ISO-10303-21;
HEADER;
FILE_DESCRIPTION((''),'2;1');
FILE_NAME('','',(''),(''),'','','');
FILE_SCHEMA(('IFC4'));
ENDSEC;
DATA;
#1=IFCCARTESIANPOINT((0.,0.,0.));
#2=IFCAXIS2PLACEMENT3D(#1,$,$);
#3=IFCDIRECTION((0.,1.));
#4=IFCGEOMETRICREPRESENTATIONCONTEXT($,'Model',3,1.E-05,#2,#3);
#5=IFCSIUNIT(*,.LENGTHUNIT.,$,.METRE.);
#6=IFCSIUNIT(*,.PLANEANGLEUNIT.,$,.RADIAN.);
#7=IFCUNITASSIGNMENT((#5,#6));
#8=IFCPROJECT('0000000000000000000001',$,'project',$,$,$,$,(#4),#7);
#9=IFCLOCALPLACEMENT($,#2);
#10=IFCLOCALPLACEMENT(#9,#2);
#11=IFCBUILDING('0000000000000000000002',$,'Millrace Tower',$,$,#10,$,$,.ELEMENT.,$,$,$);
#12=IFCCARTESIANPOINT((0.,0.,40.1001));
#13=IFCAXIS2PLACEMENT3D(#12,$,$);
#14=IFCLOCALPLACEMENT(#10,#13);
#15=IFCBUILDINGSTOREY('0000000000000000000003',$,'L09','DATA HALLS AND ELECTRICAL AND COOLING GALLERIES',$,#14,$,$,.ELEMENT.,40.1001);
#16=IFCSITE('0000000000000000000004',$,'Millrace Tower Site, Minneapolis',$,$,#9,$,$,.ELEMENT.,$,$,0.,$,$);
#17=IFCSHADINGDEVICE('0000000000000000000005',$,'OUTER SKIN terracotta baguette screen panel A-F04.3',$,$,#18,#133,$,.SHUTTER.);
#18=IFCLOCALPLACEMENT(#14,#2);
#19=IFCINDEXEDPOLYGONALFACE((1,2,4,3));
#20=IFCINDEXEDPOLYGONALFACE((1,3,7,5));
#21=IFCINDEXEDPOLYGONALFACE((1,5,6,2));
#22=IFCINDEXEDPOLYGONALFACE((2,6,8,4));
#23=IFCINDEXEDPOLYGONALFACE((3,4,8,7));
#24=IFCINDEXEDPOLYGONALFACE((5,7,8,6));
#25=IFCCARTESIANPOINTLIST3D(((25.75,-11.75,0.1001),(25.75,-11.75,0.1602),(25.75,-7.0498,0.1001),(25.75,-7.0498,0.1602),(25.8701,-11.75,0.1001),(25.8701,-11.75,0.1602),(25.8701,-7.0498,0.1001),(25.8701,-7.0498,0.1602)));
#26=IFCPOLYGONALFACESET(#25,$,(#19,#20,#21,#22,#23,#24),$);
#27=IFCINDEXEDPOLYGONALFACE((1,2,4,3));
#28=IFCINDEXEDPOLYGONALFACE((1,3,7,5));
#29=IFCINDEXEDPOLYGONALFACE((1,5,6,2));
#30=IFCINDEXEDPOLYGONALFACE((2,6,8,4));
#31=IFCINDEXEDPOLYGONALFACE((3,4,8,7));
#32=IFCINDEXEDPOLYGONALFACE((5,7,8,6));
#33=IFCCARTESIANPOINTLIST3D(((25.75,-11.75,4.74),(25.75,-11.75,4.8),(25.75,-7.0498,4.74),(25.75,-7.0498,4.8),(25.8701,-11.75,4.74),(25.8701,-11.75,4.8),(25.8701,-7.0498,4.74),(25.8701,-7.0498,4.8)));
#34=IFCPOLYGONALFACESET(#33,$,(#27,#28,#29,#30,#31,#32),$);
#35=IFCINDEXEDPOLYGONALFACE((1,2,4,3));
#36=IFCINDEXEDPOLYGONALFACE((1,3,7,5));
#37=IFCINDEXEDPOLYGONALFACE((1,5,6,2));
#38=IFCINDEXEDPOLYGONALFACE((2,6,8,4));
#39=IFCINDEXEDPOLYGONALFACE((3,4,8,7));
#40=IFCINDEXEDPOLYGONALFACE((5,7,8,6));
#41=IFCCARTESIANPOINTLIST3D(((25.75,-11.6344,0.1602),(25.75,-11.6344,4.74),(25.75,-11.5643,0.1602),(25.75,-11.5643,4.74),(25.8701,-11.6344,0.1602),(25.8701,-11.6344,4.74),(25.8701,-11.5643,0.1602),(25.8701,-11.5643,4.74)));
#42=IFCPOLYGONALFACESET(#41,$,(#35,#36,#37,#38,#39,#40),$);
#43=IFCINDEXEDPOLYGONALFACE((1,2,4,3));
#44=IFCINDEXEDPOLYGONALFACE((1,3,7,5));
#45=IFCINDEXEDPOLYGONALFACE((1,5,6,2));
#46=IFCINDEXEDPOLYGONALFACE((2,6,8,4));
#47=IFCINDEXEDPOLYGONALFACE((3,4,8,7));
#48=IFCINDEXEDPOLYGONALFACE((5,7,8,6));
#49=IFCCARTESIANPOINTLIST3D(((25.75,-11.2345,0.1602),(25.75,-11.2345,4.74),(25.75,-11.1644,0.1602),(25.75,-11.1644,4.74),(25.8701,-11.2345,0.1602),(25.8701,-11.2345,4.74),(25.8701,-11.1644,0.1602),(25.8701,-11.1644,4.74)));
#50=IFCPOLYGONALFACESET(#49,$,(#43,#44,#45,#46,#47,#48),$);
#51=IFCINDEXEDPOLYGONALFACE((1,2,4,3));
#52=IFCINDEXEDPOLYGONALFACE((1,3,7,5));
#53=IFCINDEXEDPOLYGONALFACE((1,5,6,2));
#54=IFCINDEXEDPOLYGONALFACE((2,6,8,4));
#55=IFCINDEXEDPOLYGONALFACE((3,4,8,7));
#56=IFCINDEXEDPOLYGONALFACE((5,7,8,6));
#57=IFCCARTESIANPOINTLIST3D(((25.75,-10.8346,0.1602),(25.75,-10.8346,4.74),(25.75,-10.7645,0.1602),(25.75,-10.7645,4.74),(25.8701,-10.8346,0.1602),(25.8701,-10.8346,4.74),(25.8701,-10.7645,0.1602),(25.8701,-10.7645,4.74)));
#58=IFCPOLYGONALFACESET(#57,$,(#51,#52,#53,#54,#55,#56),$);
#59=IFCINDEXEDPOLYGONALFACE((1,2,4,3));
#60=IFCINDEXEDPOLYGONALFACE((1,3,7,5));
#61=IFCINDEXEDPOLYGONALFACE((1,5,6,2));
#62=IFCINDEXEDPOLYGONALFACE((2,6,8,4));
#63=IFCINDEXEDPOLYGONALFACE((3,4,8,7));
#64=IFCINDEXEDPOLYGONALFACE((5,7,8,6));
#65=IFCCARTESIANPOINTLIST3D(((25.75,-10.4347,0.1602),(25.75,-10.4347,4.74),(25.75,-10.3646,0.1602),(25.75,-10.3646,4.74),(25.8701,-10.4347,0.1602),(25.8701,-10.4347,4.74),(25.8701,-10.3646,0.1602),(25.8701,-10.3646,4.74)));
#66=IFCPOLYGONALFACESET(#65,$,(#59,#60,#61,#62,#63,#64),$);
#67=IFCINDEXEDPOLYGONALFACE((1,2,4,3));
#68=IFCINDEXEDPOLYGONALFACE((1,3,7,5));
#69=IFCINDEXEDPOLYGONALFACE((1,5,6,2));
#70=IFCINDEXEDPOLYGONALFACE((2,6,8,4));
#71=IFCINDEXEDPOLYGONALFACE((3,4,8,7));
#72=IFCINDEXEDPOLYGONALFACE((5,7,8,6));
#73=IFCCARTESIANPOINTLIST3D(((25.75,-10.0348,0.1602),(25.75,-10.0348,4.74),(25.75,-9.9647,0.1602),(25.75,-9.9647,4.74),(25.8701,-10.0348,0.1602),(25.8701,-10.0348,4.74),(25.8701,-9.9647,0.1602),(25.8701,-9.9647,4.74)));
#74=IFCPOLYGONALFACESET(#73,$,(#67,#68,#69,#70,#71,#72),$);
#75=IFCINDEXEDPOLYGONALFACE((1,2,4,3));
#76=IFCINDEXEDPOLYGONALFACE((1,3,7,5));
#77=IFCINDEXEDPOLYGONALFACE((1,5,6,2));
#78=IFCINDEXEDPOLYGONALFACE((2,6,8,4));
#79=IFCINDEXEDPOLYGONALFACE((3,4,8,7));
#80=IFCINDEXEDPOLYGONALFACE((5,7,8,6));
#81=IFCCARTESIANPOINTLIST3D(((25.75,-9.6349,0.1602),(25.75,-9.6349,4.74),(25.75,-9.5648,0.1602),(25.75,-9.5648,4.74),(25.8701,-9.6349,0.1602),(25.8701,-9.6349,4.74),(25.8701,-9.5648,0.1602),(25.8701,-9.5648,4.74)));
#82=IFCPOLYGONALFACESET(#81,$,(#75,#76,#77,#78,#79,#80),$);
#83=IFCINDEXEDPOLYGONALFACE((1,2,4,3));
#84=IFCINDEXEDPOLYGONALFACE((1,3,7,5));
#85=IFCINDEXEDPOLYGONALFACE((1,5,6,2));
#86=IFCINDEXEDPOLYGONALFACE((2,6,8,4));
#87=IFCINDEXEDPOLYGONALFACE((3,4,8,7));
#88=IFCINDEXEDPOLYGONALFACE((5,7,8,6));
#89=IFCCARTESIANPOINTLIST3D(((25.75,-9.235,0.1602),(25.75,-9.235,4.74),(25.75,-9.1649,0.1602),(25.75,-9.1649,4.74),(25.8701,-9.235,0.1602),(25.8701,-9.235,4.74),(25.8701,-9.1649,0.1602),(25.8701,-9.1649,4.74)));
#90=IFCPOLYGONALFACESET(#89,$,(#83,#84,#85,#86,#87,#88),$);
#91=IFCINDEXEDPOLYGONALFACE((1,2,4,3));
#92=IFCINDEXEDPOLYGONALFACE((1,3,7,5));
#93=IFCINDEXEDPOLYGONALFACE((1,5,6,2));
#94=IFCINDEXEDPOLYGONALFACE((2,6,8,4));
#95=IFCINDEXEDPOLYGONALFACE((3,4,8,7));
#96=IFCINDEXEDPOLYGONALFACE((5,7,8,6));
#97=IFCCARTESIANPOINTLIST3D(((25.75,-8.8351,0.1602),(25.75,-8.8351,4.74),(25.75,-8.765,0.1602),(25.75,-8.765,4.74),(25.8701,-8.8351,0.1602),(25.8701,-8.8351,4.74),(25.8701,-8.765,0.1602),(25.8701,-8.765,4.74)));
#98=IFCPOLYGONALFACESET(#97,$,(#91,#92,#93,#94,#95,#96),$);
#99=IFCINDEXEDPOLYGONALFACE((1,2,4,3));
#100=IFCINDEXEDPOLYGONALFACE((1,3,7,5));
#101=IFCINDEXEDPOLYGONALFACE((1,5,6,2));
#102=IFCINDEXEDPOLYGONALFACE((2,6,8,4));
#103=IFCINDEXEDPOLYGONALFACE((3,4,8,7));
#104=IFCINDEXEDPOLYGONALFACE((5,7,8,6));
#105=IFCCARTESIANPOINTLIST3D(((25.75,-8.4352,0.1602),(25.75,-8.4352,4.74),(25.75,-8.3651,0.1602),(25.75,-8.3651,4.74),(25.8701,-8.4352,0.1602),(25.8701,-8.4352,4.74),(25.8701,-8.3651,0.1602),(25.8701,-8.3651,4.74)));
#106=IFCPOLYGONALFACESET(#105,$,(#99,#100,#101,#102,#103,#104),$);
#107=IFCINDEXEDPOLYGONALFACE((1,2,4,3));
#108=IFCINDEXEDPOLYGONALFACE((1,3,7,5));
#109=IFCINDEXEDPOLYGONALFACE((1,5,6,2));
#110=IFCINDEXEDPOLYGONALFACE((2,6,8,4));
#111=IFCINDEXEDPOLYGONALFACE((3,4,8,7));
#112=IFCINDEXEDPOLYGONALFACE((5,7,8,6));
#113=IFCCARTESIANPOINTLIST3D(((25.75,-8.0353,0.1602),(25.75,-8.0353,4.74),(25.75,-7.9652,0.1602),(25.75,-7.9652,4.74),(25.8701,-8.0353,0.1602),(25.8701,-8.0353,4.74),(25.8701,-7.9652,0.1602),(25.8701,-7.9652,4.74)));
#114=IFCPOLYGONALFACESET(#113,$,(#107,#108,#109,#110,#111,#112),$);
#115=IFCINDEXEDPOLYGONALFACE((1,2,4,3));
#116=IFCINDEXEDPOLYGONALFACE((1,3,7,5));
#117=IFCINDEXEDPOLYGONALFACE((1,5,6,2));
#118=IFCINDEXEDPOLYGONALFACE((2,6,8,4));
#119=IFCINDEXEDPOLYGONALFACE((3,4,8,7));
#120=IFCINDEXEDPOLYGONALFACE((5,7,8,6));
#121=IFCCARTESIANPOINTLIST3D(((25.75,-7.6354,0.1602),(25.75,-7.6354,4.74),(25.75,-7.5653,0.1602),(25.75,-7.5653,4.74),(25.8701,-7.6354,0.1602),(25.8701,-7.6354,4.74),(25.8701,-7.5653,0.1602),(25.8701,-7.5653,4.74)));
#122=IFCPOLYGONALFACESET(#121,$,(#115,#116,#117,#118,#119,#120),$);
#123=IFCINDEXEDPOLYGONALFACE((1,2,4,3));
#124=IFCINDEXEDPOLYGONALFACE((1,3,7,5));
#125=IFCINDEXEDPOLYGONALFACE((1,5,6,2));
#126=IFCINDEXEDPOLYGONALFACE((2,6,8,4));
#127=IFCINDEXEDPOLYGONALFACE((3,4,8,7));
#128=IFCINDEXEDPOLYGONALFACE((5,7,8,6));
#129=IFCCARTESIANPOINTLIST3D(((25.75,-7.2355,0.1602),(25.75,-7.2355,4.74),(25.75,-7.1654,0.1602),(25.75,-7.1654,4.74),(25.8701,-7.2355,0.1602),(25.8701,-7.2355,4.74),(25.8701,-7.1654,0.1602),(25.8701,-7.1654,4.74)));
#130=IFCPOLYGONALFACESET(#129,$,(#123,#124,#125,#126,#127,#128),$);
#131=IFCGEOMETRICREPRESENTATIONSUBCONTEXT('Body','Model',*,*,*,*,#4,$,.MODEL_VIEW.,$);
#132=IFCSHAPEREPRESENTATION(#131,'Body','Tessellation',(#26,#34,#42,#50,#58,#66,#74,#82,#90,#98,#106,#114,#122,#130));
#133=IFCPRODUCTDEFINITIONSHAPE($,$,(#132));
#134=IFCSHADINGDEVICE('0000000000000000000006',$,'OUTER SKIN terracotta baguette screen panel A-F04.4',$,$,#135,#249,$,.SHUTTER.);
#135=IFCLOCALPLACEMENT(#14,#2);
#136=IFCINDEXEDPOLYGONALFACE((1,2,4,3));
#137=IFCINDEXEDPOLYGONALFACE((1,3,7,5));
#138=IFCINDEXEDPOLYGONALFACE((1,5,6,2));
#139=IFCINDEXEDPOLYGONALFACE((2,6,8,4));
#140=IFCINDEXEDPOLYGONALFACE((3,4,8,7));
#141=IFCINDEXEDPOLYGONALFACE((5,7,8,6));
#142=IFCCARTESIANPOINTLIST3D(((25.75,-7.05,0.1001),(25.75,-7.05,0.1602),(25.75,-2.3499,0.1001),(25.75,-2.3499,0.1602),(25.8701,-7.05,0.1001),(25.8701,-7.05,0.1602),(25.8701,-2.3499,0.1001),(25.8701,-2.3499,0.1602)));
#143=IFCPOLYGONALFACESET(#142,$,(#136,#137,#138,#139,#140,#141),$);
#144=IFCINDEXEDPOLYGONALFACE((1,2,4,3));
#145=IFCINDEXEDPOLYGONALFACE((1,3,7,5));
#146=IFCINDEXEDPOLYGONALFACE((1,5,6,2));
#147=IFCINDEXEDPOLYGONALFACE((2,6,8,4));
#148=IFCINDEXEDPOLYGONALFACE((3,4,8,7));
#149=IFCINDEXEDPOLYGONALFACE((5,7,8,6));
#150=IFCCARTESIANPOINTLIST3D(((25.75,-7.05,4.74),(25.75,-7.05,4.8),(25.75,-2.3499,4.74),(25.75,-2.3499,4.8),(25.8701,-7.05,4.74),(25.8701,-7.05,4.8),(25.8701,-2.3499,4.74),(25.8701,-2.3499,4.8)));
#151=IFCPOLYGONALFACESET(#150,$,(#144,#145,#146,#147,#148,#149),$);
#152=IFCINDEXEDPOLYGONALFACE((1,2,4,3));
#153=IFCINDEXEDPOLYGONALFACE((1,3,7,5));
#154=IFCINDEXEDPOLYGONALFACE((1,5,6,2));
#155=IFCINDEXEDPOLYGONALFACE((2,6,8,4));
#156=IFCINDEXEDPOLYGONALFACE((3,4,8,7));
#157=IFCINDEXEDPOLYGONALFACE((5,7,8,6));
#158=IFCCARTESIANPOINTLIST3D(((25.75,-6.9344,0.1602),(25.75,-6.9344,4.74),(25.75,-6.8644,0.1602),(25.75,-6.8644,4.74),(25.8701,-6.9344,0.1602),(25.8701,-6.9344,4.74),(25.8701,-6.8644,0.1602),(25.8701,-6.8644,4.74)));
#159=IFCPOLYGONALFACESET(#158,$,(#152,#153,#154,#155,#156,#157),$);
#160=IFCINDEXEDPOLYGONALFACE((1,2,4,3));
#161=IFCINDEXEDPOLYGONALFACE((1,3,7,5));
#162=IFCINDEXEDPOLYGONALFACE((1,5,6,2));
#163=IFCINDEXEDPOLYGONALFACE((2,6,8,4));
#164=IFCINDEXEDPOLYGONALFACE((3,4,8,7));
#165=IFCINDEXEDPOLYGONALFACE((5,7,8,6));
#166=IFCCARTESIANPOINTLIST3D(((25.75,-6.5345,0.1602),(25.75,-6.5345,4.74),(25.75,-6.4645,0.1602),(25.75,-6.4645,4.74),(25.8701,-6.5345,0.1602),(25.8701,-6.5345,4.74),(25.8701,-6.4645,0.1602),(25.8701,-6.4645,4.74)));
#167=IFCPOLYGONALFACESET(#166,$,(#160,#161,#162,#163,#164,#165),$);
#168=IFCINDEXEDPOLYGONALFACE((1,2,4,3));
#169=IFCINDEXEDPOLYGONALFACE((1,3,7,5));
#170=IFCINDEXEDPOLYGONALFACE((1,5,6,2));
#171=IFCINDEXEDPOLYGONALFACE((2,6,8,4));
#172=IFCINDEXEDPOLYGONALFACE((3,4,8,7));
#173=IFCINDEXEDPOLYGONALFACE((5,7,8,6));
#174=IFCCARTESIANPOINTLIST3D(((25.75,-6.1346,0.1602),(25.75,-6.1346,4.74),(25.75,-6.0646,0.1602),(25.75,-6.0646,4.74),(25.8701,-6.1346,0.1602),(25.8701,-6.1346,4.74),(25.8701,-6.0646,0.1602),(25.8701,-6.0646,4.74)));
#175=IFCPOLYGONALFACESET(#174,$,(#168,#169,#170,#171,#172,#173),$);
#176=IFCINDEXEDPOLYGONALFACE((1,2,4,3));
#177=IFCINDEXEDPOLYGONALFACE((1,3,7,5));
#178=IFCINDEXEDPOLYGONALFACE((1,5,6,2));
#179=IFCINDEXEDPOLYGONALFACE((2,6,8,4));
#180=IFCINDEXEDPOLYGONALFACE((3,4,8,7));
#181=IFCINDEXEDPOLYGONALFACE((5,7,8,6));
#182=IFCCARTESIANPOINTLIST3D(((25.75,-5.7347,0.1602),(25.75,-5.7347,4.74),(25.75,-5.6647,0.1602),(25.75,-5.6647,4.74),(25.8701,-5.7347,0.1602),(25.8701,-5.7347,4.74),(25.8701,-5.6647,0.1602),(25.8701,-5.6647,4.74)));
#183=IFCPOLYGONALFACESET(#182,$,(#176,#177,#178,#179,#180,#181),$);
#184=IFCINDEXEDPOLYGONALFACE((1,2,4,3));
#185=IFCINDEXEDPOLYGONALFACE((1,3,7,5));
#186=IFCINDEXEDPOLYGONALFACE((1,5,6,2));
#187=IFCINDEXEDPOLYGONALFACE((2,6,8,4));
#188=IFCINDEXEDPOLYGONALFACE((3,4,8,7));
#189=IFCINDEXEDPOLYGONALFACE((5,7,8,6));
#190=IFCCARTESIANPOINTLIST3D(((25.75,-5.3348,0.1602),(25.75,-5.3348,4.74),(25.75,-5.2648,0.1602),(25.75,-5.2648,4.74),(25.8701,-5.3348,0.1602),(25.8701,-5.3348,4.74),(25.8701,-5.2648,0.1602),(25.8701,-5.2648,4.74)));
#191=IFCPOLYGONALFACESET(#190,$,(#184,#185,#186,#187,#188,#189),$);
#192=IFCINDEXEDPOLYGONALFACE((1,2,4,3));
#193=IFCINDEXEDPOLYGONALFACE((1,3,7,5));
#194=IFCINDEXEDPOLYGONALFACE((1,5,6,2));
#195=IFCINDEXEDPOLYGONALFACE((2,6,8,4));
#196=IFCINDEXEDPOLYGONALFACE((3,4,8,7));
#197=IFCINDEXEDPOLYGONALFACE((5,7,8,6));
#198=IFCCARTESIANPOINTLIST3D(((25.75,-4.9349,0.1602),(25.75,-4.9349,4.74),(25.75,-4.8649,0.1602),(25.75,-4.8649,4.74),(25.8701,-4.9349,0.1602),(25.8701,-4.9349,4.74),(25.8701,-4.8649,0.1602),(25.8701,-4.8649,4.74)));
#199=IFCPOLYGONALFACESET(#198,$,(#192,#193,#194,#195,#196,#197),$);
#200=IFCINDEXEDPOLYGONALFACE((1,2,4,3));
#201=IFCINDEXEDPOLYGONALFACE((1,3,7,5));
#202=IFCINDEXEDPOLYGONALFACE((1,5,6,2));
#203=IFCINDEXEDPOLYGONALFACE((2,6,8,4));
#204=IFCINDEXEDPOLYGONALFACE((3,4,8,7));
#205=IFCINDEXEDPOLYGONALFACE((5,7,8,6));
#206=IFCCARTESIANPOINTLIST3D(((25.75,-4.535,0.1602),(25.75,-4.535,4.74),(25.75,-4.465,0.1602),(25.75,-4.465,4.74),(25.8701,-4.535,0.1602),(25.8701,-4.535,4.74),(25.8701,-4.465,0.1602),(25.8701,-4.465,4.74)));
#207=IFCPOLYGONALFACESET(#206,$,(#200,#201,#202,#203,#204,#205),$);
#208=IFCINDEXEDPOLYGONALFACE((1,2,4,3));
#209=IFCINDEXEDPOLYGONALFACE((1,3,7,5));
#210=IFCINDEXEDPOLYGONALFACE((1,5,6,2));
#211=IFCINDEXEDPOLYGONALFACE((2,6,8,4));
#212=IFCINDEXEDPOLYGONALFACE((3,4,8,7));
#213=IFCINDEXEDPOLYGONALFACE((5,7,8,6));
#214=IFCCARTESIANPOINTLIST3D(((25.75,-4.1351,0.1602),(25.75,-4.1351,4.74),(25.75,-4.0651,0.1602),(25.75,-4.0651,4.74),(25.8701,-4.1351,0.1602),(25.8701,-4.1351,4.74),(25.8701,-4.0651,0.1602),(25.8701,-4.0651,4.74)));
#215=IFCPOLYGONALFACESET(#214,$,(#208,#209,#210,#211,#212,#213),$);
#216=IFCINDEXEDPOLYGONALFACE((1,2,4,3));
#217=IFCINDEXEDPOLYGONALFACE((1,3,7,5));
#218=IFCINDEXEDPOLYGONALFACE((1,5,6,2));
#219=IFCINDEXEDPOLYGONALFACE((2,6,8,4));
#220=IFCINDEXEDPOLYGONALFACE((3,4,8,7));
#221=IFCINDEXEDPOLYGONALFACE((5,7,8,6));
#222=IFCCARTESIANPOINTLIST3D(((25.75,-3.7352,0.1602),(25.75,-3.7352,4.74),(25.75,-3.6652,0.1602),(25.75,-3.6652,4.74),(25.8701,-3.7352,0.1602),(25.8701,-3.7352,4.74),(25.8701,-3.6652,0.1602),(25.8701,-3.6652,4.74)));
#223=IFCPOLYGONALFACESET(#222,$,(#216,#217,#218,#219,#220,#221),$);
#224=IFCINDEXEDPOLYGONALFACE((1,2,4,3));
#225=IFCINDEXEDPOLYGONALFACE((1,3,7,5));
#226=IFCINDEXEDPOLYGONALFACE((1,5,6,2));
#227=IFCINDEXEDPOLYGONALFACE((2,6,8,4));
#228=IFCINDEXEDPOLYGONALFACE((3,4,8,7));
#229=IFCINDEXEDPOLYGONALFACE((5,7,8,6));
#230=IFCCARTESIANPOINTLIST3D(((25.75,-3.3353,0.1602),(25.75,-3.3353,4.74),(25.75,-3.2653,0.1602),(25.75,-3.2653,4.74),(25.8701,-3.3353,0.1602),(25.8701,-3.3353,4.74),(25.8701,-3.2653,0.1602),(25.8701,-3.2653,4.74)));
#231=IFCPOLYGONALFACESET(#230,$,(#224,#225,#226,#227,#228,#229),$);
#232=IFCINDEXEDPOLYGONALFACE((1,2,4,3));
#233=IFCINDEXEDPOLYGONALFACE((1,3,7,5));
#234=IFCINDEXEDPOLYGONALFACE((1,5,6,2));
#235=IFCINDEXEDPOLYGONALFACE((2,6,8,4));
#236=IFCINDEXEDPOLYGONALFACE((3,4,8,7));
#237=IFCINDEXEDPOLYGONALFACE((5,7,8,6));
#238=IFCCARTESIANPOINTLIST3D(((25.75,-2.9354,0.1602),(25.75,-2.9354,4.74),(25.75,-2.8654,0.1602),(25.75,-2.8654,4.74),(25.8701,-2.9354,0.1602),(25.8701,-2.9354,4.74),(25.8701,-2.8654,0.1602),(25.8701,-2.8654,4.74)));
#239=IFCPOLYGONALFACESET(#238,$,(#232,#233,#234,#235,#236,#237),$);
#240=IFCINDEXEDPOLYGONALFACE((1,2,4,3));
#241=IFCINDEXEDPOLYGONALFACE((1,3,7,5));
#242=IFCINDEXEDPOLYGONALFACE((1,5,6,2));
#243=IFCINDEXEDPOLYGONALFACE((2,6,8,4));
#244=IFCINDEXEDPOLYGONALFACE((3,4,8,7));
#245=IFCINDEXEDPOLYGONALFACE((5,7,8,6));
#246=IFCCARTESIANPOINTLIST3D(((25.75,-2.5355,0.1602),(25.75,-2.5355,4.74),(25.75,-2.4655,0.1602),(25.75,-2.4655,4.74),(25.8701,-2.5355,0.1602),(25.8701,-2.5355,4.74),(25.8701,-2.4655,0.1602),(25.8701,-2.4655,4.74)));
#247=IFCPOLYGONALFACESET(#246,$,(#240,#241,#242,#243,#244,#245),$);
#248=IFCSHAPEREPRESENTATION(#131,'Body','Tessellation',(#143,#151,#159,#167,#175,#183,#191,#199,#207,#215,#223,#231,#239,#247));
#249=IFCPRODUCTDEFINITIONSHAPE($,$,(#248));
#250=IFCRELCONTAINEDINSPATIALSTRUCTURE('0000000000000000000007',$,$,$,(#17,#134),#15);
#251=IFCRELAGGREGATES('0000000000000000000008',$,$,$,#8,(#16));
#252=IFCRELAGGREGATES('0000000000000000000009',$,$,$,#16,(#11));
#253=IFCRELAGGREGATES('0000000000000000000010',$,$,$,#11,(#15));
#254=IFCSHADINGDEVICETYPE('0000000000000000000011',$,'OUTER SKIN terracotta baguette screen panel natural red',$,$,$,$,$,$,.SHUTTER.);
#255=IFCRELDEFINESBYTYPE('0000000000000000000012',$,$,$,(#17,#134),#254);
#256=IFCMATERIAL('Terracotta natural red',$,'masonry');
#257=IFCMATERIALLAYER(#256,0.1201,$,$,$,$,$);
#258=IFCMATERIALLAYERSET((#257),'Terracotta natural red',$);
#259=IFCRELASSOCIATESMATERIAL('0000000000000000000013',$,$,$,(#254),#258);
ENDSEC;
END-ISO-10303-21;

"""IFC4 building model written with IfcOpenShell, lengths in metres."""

from ifc_helpers import new_model, entity, si_unit, direction, frame, frame_2d, origin, place, context, subcontext, project, spatial, rectangle, extrude, source, transform, mapped, material, layer, layer_set, type_object, element, save


model = new_model("IFC4")

# Units and contexts
model_context = context("Model", 3, precision=1e-05, world=origin(), true_north=direction((0.0, 1.0)))
body_context = subcontext(model_context, "Body", "Model", "MODEL_VIEW")
ifc_project = project(units=[si_unit("LENGTHUNIT", "METRE"), si_unit("PLANEANGLEUNIT", "RADIAN")], contexts=[model_context])

# Site, building, storey
site_placement = place(None, origin())
site = spatial("IfcSite", under=ifc_project, at=site_placement, Name="Millrace Tower Site, Minneapolis", CompositionType="ELEMENT", RefElevation=0.0)
building_placement = place(site_placement, origin())
building = spatial("IfcBuilding", under=site, at=building_placement, Name="Millrace Tower", CompositionType="ELEMENT")
storey_placement = place(building_placement, frame((0.0, 0.0, 40.1001)))
storey = spatial("IfcBuildingStorey", under=building, at=storey_placement, Name="L09", Description="DATA HALLS AND ELECTRICAL AND COOLING GALLERIES", CompositionType="ELEMENT", Elevation=40.1001)

# Shading devices
ifc_material_1 = material(Name="Terracotta natural red", Category="masonry")
ifc_layer_1 = layer(ifc_material_1, 0.1201)
ifc_layer_set_1 = layer_set([ifc_layer_1], Name="Terracotta natural red")
shading_device_type = type_object("IfcShadingDeviceType", Name="OUTER SKIN terracotta baguette screen panel natural red", PredefinedType="SHUTTER", material=ifc_layer_set_1)
cartesian_point = entity("IfcCartesianPoint", [-2.3501, 0.0601])
shared_polyline = entity("IfcPolyline", [cartesian_point, entity("IfcCartesianPoint", [2.3501, 0.0601]), entity("IfcCartesianPoint", [2.3501, -0.0601]), entity("IfcCartesianPoint", [-2.3501, -0.0601]), cartesian_point])
shared_shape = source(origin(), body_context, "Body", "SweptSolid", [
    entity("IfcExtrudedAreaSolid", entity("IfcArbitraryClosedProfileDef", "AREA", None, shared_polyline), entity("IfcAxis2Placement3D", entity("IfcCartesianPoint", [0.0, 0.0, 0.0])), entity("IfcDirection", [0.0, 0.0, 1.0]), 0.0601),
    entity("IfcExtrudedAreaSolid", entity("IfcArbitraryClosedProfileDef", "AREA", None, shared_polyline), entity("IfcAxis2Placement3D", entity("IfcCartesianPoint", [0.0, 0.0, 4.6399])), entity("IfcDirection", [0.0, 0.0, 1.0]), 0.0601),
    extrude(rectangle(XDim=0.0701, YDim=0.1201, at=frame_2d((-2.1995, 0.0))), frame((0.0, 0.0, 0.0601)), (0.0, 0.0, 1.0), 4.5798),
    extrude(rectangle(XDim=0.0701, YDim=0.1201, at=frame_2d((-1.7996, 0.0))), frame((0.0, 0.0, 0.0601)), (0.0, 0.0, 1.0), 4.5798),
    extrude(rectangle(XDim=0.0701, YDim=0.1201, at=frame_2d((-1.3997, 0.0))), frame((0.0, 0.0, 0.0601)), (0.0, 0.0, 1.0), 4.5798),
    extrude(rectangle(XDim=0.0701, YDim=0.1201, at=frame_2d((-0.9998, 0.0))), frame((0.0, 0.0, 0.0601)), (0.0, 0.0, 1.0), 4.5798),
    extrude(rectangle(XDim=0.0701, YDim=0.1201, at=frame_2d((-0.5999, 0.0))), frame((0.0, 0.0, 0.0601)), (0.0, 0.0, 1.0), 4.5798),
    extrude(rectangle(XDim=0.0701, YDim=0.1201, at=frame_2d((-0.2, 0.0))), frame((0.0, 0.0, 0.0601)), (0.0, 0.0, 1.0), 4.5798),
    extrude(rectangle(XDim=0.0701, YDim=0.1201, at=frame_2d((0.2, 0.0))), frame((0.0, 0.0, 0.0601)), (0.0, 0.0, 1.0), 4.5798),
    extrude(rectangle(XDim=0.0701, YDim=0.1201, at=frame_2d((0.5999, 0.0))), frame((0.0, 0.0, 0.0601)), (0.0, 0.0, 1.0), 4.5798),
    extrude(rectangle(XDim=0.0701, YDim=0.1201, at=frame_2d((0.9998, 0.0))), frame((0.0, 0.0, 0.0601)), (0.0, 0.0, 1.0), 4.5798),
    extrude(rectangle(XDim=0.0701, YDim=0.1201, at=frame_2d((1.3997, 0.0))), frame((0.0, 0.0, 0.0601)), (0.0, 0.0, 1.0), 4.5798),
    extrude(rectangle(XDim=0.0701, YDim=0.1201, at=frame_2d((1.7996, 0.0))), frame((0.0, 0.0, 0.0601)), (0.0, 0.0, 1.0), 4.5798),
    extrude(rectangle(XDim=0.0701, YDim=0.1201, at=frame_2d((2.1995, 0.0))), frame((0.0, 0.0, 0.0601)), (0.0, 0.0, 1.0), 4.5798),
])
for number, where, z_axis, x_axis, name in (
    (1, (25.8101, -9.3999, 0.1001), (0.0, 0.0, 1.0), (0.0, 1.0, 0.0), "OUTER SKIN terracotta baguette screen panel A-F04.3"),
    (2, (25.8101, -4.7, 0.1001), (0.0, 0.0, 1.0), (0.0, 1.0, 0.0), "OUTER SKIN terracotta baguette screen panel A-F04.4"),
):
    element("IfcShadingDevice", number, at=place(storey_placement, frame(where, z_axis=z_axis, x_axis=x_axis)), inside=storey, type_object=shading_device_type, Name=name, PredefinedType="SHUTTER", context=body_context, shape_type="MappedRepresentation", body=[
        mapped(shared_shape, transform((0.0, 0.0, 0.0), scale=1.0)),
    ])

save(model, "model.ifc")
